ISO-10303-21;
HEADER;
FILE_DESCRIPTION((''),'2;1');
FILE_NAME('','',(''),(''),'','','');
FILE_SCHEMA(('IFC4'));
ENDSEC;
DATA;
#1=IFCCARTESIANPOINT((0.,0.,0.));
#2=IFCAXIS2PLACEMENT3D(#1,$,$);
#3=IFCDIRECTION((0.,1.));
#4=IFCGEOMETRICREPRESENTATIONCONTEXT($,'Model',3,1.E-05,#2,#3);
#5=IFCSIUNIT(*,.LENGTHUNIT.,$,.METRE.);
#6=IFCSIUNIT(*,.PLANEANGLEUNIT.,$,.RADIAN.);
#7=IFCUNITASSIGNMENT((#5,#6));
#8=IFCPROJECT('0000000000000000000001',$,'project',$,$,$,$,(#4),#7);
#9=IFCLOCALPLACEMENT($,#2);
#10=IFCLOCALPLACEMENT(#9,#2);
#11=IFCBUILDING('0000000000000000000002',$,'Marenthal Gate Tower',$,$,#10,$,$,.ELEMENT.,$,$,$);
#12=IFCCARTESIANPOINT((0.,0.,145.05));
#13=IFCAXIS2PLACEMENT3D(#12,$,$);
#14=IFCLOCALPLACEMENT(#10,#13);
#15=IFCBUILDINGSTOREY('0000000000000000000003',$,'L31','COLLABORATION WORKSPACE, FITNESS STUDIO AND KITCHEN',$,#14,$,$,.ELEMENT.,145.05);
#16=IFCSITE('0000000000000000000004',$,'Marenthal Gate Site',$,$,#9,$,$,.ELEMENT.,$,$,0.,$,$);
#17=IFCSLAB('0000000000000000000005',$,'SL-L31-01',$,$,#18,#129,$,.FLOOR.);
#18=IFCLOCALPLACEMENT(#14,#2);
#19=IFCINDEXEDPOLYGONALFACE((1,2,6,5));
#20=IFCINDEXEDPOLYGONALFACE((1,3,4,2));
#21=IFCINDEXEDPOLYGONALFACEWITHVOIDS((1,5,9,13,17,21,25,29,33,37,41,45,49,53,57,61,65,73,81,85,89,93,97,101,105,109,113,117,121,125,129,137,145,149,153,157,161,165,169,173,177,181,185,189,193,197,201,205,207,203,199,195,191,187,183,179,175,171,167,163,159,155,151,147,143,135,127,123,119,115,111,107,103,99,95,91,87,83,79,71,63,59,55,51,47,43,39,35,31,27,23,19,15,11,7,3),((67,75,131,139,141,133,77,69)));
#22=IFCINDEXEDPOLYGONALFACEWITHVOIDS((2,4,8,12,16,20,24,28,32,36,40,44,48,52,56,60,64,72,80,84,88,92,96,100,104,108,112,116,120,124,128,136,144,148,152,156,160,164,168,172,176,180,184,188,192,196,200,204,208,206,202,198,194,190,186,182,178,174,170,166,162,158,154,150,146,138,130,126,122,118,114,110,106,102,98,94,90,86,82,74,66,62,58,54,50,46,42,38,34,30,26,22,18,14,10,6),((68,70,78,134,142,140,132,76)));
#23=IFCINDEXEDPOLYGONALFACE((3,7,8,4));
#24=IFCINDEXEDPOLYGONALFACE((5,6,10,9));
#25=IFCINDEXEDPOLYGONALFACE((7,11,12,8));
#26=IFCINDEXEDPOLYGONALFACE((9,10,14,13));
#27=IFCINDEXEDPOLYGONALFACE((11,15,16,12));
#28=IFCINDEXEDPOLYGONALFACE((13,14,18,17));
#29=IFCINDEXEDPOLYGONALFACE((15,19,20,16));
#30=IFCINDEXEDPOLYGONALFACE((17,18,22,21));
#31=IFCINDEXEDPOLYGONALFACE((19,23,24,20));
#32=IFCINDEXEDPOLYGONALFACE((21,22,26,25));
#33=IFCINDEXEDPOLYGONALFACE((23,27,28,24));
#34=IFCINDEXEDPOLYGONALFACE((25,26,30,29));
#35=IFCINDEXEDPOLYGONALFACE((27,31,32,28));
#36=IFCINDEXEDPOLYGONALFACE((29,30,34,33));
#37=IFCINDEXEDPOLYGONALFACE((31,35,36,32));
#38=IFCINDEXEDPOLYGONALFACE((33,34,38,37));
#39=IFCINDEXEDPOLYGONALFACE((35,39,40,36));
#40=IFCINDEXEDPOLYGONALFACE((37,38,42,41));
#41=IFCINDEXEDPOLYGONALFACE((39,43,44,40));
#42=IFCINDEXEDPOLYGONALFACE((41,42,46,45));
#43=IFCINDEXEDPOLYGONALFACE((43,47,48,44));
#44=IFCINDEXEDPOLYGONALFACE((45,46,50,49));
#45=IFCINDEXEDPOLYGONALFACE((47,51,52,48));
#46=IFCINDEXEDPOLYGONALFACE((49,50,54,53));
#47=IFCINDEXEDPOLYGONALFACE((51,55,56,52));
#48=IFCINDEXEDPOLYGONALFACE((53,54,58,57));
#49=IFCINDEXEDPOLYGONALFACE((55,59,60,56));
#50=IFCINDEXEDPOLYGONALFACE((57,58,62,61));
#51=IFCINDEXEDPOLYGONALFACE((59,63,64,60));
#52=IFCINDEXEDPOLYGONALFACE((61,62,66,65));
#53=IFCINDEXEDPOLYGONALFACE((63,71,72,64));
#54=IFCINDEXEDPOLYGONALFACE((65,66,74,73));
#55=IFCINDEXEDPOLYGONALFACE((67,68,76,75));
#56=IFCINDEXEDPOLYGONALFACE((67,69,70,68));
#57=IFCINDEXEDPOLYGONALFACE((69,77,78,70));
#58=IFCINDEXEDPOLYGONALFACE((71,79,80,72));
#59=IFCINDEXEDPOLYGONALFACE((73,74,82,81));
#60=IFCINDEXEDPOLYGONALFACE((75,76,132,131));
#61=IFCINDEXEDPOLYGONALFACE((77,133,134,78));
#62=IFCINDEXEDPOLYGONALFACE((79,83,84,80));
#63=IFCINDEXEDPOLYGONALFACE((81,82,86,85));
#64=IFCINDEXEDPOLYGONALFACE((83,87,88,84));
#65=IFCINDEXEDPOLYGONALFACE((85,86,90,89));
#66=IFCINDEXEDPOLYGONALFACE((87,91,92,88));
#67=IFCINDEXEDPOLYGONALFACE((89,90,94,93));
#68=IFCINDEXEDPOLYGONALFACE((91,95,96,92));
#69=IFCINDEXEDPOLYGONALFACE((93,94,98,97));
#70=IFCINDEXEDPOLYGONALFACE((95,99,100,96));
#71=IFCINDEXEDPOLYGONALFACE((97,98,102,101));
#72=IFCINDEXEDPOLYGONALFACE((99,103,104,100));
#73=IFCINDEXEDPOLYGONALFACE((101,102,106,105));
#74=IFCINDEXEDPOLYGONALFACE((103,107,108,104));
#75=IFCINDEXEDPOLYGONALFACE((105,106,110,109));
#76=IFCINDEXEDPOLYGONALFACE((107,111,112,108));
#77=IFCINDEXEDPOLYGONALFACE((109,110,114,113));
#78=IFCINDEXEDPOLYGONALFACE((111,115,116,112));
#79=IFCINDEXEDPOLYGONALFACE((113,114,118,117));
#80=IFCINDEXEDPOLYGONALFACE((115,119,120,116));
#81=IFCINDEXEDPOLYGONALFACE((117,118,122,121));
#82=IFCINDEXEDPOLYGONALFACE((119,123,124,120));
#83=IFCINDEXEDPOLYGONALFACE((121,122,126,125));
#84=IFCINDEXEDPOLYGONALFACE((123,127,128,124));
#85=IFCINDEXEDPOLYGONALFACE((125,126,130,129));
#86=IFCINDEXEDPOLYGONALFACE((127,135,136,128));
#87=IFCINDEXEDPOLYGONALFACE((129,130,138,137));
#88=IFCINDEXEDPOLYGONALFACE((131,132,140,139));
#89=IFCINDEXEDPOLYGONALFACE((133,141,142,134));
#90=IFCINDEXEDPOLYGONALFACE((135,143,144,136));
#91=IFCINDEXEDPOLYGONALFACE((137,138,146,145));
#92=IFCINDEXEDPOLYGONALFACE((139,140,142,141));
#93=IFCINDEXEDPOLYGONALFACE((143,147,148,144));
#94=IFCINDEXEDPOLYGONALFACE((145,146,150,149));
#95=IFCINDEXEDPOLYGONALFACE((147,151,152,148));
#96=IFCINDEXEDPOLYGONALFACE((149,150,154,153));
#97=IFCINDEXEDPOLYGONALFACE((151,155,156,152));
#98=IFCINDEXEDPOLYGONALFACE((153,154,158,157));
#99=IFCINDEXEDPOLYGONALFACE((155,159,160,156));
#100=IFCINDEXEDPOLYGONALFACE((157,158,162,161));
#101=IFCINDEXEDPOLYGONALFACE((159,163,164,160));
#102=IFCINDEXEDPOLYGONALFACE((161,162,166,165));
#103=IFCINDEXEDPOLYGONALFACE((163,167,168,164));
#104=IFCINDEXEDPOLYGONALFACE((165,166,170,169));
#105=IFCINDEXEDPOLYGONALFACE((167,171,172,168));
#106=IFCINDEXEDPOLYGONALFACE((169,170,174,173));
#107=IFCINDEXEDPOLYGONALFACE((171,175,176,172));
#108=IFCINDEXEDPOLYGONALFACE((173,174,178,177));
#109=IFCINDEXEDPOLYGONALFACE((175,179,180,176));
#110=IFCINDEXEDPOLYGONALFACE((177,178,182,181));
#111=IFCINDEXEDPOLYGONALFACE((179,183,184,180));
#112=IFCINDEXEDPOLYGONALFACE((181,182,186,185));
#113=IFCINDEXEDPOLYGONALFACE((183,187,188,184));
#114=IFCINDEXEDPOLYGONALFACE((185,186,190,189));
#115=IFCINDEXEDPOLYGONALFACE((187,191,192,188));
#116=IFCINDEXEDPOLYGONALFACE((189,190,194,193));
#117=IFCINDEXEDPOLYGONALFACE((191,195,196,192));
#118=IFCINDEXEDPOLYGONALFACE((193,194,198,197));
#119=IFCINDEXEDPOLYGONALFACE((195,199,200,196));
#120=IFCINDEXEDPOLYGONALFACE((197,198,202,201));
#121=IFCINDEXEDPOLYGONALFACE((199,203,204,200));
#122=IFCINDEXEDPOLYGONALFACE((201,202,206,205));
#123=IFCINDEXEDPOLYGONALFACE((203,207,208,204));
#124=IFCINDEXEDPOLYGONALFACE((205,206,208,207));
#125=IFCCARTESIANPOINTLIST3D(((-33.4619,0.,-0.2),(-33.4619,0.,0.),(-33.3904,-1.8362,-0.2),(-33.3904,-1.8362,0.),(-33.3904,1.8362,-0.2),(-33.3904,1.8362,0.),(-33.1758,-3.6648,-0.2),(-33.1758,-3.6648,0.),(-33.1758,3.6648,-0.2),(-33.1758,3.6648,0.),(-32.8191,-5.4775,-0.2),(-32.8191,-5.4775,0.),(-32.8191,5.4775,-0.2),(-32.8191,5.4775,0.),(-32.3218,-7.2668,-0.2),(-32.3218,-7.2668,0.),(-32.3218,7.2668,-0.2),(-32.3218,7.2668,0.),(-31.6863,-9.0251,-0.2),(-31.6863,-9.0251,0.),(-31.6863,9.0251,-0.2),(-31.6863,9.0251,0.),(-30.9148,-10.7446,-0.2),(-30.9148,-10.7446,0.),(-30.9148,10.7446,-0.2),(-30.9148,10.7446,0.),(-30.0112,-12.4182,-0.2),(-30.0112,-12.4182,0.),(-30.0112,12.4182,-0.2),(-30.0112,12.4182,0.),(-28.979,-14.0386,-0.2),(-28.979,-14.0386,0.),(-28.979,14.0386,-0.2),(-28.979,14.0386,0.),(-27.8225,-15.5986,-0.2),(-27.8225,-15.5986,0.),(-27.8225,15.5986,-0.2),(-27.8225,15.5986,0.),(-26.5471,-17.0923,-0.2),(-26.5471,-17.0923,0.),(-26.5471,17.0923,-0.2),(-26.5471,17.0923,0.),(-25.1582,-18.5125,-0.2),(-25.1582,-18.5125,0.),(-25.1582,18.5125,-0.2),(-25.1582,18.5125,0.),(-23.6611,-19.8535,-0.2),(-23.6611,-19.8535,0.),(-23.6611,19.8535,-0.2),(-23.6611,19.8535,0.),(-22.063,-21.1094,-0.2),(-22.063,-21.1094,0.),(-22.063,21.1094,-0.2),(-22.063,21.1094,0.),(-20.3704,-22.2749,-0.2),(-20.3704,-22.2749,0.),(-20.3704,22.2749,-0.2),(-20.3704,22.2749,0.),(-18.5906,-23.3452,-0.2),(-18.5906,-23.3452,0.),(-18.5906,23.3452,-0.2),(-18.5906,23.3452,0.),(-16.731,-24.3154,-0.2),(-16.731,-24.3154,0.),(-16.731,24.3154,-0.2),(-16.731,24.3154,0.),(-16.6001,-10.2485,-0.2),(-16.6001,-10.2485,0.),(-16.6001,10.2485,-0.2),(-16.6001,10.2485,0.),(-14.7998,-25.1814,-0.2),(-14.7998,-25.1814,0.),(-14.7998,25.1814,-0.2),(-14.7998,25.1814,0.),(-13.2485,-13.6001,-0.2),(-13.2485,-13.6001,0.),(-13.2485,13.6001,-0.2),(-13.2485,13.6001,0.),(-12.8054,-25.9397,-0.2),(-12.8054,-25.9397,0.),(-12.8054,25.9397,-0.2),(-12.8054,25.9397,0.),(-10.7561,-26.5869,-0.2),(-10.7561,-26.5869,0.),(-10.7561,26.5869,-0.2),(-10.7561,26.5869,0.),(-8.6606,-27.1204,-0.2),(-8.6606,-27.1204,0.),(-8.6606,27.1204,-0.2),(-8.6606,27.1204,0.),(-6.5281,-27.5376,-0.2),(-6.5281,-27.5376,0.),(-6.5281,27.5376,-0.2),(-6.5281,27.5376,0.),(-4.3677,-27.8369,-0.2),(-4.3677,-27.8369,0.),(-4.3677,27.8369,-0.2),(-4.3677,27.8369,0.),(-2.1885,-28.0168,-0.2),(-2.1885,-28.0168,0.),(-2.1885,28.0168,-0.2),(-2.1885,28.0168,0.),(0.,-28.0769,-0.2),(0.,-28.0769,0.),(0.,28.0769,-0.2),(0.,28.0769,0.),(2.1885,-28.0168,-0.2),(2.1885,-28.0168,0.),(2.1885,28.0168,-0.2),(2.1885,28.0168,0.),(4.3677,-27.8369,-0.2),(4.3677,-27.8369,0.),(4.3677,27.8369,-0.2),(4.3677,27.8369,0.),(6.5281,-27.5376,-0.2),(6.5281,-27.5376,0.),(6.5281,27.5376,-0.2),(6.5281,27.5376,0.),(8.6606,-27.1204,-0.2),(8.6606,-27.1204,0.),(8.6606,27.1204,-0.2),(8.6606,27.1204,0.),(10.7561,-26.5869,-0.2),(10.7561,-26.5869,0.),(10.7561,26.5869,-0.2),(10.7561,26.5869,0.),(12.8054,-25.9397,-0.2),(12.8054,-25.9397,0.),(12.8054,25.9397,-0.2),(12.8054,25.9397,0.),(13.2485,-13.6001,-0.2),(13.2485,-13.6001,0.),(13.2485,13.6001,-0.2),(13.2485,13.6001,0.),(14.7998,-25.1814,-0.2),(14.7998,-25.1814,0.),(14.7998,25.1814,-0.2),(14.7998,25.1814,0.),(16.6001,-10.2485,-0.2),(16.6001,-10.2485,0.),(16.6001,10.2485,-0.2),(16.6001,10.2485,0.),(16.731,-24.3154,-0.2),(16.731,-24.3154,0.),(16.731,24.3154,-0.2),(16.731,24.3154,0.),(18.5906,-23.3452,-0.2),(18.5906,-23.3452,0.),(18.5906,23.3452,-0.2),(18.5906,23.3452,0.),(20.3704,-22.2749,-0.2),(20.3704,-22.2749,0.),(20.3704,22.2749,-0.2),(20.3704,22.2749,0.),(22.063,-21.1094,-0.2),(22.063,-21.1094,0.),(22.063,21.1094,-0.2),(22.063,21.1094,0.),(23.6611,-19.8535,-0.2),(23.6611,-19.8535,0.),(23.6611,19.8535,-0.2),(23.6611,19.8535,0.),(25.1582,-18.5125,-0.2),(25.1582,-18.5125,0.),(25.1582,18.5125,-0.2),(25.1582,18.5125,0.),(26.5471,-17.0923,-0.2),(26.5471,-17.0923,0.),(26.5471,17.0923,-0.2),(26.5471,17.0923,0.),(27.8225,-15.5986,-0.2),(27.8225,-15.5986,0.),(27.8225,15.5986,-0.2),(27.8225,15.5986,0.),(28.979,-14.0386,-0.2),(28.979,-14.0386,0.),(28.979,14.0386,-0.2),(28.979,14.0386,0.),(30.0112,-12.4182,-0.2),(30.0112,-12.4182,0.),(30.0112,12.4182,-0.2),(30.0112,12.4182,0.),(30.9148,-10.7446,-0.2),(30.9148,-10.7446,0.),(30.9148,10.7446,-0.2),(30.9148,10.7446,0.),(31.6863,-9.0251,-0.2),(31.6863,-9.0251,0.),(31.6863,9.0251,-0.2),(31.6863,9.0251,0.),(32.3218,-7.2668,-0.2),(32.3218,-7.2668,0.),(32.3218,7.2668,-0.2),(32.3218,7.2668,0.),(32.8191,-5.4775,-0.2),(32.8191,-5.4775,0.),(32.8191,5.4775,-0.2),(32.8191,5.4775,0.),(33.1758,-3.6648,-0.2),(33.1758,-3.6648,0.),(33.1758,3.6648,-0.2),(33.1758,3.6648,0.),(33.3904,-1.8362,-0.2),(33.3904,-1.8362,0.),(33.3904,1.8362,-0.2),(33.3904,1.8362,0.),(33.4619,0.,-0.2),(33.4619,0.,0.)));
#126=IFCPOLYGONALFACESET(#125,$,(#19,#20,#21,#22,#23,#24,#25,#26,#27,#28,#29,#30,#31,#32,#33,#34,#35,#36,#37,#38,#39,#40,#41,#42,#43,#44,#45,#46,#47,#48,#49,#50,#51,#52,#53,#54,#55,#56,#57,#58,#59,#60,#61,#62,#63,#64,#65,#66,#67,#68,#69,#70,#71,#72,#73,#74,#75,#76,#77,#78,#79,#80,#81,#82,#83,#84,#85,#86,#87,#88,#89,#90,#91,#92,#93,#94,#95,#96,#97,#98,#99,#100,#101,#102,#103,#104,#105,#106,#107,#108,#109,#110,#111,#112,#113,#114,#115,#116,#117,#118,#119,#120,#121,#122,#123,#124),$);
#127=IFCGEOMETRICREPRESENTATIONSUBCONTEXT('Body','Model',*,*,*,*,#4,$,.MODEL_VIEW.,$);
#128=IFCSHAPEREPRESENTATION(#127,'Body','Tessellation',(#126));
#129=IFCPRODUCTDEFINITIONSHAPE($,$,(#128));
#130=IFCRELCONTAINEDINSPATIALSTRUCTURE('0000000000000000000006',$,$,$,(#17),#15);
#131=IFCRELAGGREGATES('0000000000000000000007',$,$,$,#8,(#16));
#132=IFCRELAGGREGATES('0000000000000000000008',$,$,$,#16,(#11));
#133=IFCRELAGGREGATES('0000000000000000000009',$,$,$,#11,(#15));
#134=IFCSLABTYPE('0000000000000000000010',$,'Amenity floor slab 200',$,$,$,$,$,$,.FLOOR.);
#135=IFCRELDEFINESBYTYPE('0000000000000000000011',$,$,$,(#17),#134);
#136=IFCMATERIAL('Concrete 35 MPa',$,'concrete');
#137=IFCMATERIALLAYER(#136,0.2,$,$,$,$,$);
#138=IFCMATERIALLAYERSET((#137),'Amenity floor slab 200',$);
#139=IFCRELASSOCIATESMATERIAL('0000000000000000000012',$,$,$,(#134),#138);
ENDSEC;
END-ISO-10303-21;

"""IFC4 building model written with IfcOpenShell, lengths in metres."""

from ifc_helpers import new_model, si_unit, direction, frame, origin, place, context, subcontext, project, spatial, polyline, outline, extrude, material, layer, layer_set, type_object, element, save


model = new_model("IFC4")

# Units and contexts
model_context = context("Model", 3, precision=1e-05, world=origin(), true_north=direction((0.0, 1.0)))
body_context = subcontext(model_context, "Body", "Model", "MODEL_VIEW")
ifc_project = project(units=[si_unit("LENGTHUNIT", "METRE"), si_unit("PLANEANGLEUNIT", "RADIAN")], contexts=[model_context])

# Site, building, storey
site_placement = place(None, origin())
site = spatial("IfcSite", under=ifc_project, at=site_placement, Name="Marenthal Gate Site", CompositionType="ELEMENT", RefElevation=0.0)
building_placement = place(site_placement, origin())
building = spatial("IfcBuilding", under=site, at=building_placement, Name="Marenthal Gate Tower", CompositionType="ELEMENT")
storey_placement = place(building_placement, frame((0.0, 0.0, 145.05)))
storey = spatial("IfcBuildingStorey", under=building, at=storey_placement, Name="L31", Description="COLLABORATION WORKSPACE, FITNESS STUDIO AND KITCHEN", CompositionType="ELEMENT", Elevation=145.05)

# Slab
ifc_material_1 = material(Name="Concrete 35 MPa", Category="concrete")
ifc_layer_1 = layer(ifc_material_1, 0.2)
ifc_layer_set_1 = layer_set([ifc_layer_1], Name="Amenity floor slab 200")
slab_type = type_object("IfcSlabType", Name="Amenity floor slab 200", PredefinedType="FLOOR", material=ifc_layer_set_1)
slab_placement = place(storey_placement, frame((0.0, 0.0, -0.2)))
element("IfcSlab", 1, at=slab_placement, inside=storey, type_object=slab_type, Name="SL-L31-01", PredefinedType="FLOOR", context=body_context, shape_type="SweptSolid", body=[
    extrude(outline(polyline([(33.4619, 0.0), (33.3904, 1.8362), (33.1758, 3.6648), (32.8191, 5.4775), (32.3218, 7.2668), (31.6863, 9.0251), (30.9148, 10.7446), (30.0112, 12.4182), (28.979, 14.0386), (27.8225, 15.5986), (26.5471, 17.0923), (25.1582, 18.5125), (23.6611, 19.8535), (22.063, 21.1094), (20.3704, 22.2749), (18.5906, 23.3452), (16.731, 24.3154), (14.7998, 25.1814), (12.8054, 25.9397), (10.7561, 26.5869), (8.6606, 27.1204), (6.5281, 27.5376), (4.3677, 27.8369), (2.1885, 28.0168), (0.0, 28.0769), (-2.1885, 28.0168), (-4.3677, 27.8369), (-6.5281, 27.5376), (-8.6606, 27.1204), (-10.7561, 26.5869), (-12.8054, 25.9397), (-14.7998, 25.1814), (-16.731, 24.3154), (-18.5906, 23.3452), (-20.3704, 22.2749), (-22.063, 21.1094), (-23.6611, 19.8535), (-25.1582, 18.5125), (-26.5471, 17.0923), (-27.8225, 15.5986), (-28.979, 14.0386), (-30.0112, 12.4182), (-30.9148, 10.7446), (-31.6863, 9.0251), (-32.3218, 7.2668), (-32.8191, 5.4775), (-33.1758, 3.6648), (-33.3904, 1.8362), (-33.4619, 0.0), (-33.3904, -1.8362), (-33.1758, -3.6648), (-32.8191, -5.4775), (-32.3218, -7.2668), (-31.6863, -9.0251), (-30.9148, -10.7446), (-30.0112, -12.4182), (-28.979, -14.0386), (-27.8225, -15.5986), (-26.5471, -17.0923), (-25.1582, -18.5125), (-23.6611, -19.8535), (-22.063, -21.1094), (-20.3704, -22.2749), (-18.5906, -23.3452), (-16.731, -24.3154), (-14.7998, -25.1814), (-12.8054, -25.9397), (-10.7561, -26.5869), (-8.6606, -27.1204), (-6.5281, -27.5376), (-4.3677, -27.8369), (-2.1885, -28.0168), (0.0, -28.0769), (2.1885, -28.0168), (4.3677, -27.8369), (6.5281, -27.5376), (8.6606, -27.1204), (10.7561, -26.5869), (12.8054, -25.9397), (14.7998, -25.1814), (16.731, -24.3154), (18.5906, -23.3452), (20.3704, -22.2749), (22.063, -21.1094), (23.6611, -19.8535), (25.1582, -18.5125), (26.5471, -17.0923), (27.8225, -15.5986), (28.979, -14.0386), (30.0112, -12.4182), (30.9148, -10.7446), (31.6863, -9.0251), (32.3218, -7.2668), (32.8191, -5.4775), (33.1758, -3.6648), (33.3904, -1.8362), (33.4619, 0.0)]), holes=[polyline([(13.2485, -13.6001), (16.6001, -10.2485), (16.6001, 10.2485), (13.2485, 13.6001), (-13.2485, 13.6001), (-16.6001, 10.2485), (-16.6001, -10.2485), (-13.2485, -13.6001), (13.2485, -13.6001)])]), origin(), (0.0, 0.0, 1.0), 0.2),
])

save(model, "model.ifc")
